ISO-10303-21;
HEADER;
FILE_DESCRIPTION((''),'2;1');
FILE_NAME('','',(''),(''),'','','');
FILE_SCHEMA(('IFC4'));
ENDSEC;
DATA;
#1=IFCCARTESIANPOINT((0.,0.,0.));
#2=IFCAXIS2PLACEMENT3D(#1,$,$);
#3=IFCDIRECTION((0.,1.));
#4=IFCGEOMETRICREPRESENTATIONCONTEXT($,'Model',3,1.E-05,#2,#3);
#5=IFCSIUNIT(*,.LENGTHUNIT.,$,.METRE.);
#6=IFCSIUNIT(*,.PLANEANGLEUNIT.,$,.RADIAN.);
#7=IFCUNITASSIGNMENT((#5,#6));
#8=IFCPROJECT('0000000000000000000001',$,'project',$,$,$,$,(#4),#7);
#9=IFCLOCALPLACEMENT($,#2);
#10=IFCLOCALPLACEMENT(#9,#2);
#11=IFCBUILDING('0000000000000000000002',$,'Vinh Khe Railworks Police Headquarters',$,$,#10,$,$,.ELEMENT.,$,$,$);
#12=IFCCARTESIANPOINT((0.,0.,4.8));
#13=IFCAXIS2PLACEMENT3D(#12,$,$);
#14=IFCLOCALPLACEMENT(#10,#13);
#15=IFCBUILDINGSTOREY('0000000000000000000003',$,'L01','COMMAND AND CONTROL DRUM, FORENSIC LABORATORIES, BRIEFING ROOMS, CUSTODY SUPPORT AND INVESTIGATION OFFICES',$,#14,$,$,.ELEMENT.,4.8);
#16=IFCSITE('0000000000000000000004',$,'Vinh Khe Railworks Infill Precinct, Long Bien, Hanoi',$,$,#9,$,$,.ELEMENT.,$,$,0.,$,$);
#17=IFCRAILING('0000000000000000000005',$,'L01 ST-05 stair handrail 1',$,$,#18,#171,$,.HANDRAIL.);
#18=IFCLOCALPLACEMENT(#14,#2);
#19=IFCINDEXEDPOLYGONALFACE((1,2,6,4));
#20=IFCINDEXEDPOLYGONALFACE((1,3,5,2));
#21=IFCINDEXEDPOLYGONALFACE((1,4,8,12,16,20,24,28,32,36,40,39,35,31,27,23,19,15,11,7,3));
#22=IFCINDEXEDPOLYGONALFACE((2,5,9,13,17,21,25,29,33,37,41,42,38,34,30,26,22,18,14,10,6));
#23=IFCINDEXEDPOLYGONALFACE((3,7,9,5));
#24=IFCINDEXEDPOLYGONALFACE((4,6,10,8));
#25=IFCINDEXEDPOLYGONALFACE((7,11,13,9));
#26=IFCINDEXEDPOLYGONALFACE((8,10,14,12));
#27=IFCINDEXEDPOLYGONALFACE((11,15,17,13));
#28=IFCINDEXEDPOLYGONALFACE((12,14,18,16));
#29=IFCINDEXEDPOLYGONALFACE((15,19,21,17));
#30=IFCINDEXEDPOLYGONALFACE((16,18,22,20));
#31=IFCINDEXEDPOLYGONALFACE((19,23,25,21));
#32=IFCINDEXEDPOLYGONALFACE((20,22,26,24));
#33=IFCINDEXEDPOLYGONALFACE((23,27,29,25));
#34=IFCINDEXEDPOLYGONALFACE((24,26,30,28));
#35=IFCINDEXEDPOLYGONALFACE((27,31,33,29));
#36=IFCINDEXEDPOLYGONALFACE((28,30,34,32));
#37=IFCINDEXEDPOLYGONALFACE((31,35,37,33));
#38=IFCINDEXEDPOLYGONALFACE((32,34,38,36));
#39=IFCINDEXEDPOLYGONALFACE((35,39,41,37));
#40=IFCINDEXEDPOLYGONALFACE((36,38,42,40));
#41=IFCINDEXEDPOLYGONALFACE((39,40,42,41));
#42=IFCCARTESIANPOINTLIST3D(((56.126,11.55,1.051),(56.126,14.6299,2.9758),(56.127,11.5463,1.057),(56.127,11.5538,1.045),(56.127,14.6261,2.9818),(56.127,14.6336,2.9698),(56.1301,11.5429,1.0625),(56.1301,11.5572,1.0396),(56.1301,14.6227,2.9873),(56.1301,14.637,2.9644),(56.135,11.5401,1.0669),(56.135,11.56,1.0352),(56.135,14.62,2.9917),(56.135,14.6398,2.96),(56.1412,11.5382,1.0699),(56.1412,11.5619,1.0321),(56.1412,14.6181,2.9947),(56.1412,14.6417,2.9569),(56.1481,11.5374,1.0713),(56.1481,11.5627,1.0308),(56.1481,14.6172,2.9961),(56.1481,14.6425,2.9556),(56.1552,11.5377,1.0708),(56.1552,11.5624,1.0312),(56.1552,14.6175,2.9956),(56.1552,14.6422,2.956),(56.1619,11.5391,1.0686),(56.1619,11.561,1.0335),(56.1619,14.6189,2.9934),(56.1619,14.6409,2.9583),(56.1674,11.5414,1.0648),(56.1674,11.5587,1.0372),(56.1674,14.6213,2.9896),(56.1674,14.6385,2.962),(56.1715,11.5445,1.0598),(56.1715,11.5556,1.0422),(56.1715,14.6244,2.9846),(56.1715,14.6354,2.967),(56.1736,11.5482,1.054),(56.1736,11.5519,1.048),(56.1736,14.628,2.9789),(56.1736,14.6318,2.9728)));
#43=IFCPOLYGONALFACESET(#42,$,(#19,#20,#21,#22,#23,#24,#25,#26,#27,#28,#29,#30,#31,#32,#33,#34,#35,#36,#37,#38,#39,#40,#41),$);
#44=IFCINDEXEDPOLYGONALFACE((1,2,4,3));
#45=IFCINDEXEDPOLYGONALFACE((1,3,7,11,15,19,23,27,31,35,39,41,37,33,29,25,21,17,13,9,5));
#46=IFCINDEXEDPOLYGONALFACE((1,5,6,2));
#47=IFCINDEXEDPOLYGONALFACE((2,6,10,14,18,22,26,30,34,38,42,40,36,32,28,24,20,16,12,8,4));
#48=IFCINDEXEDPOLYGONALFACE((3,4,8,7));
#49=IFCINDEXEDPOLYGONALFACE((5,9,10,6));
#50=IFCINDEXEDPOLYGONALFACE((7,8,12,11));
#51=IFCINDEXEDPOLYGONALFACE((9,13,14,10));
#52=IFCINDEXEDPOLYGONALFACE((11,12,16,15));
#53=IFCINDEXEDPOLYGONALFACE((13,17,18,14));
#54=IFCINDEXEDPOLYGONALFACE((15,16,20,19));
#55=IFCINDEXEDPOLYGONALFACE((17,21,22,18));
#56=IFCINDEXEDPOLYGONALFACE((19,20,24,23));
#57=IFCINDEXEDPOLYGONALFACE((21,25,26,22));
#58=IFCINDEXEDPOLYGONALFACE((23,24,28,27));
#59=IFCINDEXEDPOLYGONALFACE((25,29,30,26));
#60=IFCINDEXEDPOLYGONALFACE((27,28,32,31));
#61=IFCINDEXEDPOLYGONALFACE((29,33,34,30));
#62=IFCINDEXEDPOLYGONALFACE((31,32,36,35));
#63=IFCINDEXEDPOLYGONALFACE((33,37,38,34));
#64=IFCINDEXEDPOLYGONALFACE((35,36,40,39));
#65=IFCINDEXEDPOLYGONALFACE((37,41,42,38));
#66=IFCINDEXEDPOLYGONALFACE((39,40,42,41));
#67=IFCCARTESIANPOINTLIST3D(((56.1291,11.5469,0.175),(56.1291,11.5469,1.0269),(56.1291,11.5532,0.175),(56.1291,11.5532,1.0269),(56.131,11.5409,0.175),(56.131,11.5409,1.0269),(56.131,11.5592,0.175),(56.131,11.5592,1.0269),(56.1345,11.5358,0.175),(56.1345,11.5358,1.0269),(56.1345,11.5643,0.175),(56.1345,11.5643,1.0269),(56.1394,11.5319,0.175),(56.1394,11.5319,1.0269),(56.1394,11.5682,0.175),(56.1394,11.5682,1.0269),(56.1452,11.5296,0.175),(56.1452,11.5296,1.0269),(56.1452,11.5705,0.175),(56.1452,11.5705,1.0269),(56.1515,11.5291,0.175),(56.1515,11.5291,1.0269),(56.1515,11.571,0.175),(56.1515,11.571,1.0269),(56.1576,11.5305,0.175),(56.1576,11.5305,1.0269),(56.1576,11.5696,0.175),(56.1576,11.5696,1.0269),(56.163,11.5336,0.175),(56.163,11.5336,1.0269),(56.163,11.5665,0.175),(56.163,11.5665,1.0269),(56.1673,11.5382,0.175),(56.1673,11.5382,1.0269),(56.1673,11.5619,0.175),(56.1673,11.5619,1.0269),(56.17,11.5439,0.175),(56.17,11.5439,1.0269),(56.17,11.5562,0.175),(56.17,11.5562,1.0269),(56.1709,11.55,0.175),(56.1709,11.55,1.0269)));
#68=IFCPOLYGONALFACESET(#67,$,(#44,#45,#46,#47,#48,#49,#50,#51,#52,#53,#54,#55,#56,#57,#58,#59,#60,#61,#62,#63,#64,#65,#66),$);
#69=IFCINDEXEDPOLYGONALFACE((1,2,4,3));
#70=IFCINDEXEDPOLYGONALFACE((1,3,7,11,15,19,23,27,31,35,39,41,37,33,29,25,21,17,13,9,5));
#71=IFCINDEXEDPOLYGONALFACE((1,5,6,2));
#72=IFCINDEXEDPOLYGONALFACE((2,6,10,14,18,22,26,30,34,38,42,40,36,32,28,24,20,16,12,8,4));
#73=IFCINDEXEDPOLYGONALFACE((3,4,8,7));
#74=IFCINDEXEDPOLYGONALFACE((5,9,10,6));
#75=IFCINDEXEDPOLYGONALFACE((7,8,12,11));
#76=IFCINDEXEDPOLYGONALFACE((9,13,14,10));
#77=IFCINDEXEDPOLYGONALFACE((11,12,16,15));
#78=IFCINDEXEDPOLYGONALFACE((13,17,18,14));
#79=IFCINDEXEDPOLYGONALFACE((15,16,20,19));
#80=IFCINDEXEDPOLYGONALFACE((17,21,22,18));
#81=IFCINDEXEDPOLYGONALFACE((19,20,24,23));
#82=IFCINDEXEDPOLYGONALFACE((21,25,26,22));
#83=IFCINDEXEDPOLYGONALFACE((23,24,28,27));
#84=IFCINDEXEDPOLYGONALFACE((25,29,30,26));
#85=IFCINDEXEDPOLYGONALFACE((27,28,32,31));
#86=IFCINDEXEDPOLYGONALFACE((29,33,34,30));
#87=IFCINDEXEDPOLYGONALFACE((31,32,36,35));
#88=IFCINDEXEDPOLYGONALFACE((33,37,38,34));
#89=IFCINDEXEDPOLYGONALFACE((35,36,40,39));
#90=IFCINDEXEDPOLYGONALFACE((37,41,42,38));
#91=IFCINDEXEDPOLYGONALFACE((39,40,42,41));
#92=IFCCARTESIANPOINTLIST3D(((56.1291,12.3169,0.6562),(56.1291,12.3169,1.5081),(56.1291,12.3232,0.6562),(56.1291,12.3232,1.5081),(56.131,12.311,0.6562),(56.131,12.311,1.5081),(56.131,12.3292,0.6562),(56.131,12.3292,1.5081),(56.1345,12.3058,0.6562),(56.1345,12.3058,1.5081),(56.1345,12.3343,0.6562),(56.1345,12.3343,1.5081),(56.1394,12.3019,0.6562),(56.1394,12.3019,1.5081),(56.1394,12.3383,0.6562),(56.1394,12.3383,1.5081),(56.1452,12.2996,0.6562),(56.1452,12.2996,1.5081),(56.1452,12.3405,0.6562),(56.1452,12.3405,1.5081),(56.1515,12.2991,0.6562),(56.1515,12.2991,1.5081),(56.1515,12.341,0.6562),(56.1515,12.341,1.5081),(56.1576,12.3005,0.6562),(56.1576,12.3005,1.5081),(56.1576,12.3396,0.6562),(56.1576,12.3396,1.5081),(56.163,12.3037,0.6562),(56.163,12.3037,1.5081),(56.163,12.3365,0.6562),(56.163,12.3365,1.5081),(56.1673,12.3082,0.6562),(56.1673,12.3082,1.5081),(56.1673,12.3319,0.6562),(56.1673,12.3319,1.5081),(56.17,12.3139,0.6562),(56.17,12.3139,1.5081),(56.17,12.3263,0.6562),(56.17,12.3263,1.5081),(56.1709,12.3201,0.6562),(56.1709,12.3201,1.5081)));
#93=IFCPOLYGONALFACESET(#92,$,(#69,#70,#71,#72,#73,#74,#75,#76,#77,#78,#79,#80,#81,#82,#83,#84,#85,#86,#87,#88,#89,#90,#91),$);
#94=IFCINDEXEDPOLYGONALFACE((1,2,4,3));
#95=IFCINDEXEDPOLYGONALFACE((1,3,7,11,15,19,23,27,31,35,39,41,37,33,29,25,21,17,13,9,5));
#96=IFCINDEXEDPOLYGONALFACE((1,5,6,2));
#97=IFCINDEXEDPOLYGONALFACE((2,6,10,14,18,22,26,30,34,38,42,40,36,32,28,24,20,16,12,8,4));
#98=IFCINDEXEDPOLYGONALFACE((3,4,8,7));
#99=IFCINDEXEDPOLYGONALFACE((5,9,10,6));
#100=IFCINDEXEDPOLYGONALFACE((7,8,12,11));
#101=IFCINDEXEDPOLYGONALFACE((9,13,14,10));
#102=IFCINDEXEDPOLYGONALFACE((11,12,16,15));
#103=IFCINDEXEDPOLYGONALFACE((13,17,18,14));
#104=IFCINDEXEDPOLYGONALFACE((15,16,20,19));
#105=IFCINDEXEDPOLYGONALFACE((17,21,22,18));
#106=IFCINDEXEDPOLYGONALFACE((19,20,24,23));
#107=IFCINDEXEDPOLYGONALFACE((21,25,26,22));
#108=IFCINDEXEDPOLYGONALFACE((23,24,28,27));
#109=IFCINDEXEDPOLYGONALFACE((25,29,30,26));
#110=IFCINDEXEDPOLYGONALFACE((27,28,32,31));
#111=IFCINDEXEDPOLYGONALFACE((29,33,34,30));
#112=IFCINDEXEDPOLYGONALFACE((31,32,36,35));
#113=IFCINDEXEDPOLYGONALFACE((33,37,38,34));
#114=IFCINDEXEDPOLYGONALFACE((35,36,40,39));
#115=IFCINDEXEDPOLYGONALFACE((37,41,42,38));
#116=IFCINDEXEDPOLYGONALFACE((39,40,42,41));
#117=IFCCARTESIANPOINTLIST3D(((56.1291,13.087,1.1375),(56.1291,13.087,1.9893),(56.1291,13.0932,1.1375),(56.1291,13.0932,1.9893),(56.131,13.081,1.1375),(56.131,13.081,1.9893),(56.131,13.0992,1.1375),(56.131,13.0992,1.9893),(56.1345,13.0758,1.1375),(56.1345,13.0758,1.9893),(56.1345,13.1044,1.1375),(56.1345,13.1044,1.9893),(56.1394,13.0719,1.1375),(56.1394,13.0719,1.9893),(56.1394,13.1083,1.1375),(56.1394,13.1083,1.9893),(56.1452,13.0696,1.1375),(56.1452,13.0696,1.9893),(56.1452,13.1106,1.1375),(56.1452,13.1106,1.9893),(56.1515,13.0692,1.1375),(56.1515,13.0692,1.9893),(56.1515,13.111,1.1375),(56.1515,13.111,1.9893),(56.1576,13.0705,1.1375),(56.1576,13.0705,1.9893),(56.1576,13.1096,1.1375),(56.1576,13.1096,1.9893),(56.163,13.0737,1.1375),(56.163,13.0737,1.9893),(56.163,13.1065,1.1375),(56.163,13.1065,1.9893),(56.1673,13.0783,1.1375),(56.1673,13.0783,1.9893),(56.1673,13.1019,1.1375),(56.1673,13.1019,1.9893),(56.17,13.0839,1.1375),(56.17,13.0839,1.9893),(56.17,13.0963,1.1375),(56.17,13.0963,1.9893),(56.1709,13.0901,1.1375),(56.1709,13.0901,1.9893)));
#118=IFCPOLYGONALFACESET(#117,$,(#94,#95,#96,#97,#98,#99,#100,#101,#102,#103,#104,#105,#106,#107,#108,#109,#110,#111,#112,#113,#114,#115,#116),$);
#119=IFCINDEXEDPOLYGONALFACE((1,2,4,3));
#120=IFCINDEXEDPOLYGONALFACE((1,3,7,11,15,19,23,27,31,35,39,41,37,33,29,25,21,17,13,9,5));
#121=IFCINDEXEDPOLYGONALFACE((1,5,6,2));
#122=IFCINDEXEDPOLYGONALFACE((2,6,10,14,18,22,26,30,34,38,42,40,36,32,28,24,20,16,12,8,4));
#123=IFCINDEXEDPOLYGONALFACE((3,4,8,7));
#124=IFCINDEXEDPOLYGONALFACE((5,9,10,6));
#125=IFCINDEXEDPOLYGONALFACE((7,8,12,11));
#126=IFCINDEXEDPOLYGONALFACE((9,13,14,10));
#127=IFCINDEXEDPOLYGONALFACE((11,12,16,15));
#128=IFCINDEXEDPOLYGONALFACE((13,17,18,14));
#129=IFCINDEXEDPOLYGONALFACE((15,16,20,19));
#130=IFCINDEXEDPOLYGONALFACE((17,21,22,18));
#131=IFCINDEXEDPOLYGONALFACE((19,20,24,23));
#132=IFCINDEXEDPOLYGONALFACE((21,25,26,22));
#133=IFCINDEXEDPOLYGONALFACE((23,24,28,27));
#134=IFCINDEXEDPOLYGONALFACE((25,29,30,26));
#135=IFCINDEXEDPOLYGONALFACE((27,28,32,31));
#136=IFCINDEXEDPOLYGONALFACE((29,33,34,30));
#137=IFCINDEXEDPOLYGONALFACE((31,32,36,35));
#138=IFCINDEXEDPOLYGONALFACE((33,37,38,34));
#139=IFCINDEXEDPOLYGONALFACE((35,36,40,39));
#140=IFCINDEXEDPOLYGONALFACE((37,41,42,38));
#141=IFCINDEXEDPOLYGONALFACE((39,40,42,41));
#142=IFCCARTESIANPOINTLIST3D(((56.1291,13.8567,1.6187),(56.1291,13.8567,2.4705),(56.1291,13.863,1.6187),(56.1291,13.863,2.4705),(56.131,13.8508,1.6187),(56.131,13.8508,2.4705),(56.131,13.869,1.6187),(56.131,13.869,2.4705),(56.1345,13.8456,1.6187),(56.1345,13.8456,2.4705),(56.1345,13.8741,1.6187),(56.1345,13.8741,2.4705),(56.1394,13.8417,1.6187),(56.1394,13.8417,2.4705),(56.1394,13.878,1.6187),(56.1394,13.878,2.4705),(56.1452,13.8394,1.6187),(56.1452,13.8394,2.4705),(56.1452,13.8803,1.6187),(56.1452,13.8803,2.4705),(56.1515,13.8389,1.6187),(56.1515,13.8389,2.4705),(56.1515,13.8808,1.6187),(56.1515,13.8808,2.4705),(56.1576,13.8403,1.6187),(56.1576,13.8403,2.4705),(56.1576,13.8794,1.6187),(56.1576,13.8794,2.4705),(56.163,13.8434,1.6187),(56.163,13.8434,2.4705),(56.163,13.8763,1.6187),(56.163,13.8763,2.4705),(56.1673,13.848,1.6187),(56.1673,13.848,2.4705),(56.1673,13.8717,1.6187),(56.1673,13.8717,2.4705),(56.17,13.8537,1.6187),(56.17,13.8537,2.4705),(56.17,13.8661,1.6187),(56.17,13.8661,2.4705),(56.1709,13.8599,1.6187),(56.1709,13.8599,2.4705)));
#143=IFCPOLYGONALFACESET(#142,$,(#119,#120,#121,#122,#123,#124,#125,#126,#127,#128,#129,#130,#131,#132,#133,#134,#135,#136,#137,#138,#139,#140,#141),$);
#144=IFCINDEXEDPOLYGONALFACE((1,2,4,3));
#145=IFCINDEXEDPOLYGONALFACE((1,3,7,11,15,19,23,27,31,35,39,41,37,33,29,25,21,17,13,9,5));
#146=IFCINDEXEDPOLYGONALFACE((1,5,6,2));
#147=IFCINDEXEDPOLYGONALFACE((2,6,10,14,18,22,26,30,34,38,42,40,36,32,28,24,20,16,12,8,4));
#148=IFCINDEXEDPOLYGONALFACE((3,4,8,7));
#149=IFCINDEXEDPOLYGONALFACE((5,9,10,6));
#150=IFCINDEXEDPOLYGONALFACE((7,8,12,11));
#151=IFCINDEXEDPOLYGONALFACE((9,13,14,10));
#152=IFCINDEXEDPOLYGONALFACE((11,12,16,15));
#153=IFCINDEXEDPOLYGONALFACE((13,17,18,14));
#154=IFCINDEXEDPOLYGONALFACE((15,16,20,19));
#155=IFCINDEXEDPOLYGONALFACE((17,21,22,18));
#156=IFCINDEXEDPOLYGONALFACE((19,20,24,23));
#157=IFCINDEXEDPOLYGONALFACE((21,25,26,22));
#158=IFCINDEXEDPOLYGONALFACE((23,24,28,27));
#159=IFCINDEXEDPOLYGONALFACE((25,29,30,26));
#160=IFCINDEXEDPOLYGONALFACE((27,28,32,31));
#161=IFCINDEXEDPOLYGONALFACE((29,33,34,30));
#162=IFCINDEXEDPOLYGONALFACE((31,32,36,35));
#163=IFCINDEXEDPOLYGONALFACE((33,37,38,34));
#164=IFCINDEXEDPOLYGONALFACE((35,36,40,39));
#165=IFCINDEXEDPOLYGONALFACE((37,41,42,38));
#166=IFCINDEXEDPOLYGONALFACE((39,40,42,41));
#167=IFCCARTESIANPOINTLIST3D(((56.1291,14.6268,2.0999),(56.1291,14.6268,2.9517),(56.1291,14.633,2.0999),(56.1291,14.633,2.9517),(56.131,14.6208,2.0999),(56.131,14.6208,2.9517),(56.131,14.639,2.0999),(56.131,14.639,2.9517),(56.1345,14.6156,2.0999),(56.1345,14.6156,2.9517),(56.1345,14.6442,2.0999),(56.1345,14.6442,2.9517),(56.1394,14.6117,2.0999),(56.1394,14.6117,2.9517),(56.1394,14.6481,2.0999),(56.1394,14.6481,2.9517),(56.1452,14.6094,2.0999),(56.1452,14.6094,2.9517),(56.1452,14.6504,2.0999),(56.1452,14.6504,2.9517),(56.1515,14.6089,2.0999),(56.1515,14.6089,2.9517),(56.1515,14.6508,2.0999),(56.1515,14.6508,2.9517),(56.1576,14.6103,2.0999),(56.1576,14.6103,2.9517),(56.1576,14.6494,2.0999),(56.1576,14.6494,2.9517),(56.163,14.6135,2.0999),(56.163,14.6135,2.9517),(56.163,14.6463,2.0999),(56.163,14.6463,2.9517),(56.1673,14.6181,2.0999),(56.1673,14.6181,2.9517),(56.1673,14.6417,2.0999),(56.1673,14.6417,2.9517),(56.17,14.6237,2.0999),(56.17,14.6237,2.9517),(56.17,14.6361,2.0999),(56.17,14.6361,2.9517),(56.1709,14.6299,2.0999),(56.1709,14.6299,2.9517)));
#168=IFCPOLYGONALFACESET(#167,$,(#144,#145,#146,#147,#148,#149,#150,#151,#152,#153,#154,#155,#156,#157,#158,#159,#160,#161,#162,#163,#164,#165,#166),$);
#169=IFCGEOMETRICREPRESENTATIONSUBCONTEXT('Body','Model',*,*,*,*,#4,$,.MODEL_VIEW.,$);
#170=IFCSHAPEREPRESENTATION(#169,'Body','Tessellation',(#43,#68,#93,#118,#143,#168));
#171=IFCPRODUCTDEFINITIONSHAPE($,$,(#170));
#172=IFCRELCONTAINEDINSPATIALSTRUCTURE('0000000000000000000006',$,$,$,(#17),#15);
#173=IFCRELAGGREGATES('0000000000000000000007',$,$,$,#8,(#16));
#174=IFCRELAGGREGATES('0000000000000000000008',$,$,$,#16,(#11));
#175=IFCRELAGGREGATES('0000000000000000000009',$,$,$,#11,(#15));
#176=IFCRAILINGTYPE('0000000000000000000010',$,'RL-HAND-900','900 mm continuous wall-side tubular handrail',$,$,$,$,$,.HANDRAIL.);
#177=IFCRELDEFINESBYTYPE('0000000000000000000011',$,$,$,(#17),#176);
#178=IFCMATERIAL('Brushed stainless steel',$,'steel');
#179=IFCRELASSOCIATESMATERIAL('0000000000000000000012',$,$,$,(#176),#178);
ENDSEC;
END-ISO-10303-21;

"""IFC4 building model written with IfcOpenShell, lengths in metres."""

from ifc_helpers import new_model, si_unit, direction, frame, origin, origin_2d, place, context, subcontext, project, spatial, circle, extrude, material, type_object, element, save


model = new_model("IFC4")

# Units and contexts
model_context = context("Model", 3, precision=1e-05, world=origin(), true_north=direction((0.0, 1.0)))
body_context = subcontext(model_context, "Body", "Model", "MODEL_VIEW")
ifc_project = project(units=[si_unit("LENGTHUNIT", "METRE"), si_unit("PLANEANGLEUNIT", "RADIAN")], contexts=[model_context])

# Site, building, storey
site_placement = place(None, origin())
site = spatial("IfcSite", under=ifc_project, at=site_placement, Name="Vinh Khe Railworks Infill Precinct, Long Bien, Hanoi", CompositionType="ELEMENT", RefElevation=0.0)
building_placement = place(site_placement, origin())
building = spatial("IfcBuilding", under=site, at=building_placement, Name="Vinh Khe Railworks Police Headquarters", CompositionType="ELEMENT")
storey_placement = place(building_placement, frame((0.0, 0.0, 4.8)))
storey = spatial("IfcBuildingStorey", under=building, at=storey_placement, Name="L01", Description="COMMAND AND CONTROL DRUM, FORENSIC LABORATORIES, BRIEFING ROOMS, CUSTODY SUPPORT AND INVESTIGATION OFFICES", CompositionType="ELEMENT", Elevation=4.8)

# Railing
ifc_material_1 = material(Name="Brushed stainless steel", Category="steel")
railing_type_1 = type_object("IfcRailingType", Name="RL-HAND-900", Description="900 mm continuous wall-side tubular handrail", PredefinedType="HANDRAIL", material=ifc_material_1)
railing_1_placement = place(storey_placement, frame((56.1499, 11.55, 0.175)))
element("IfcRailing", 1, at=railing_1_placement, inside=storey, type_object=railing_type_1, Name="L01 ST-05 stair handrail 1", PredefinedType="HANDRAIL", context=body_context, shape_type="SweptSolid", body=[
    extrude(circle(Radius=0.0239, at=origin_2d()), frame((0.0, 0.0, 0.876), z_axis=(0.0, 0.84801, 0.529981), x_axis=(-1.0, 0.0, 0.0)), (0.0, 0.0, 1.0), 3.6318),
    extrude(circle(Radius=0.021, at=origin_2d()), origin(), (0.0, 0.0, 1.0), 0.8518),
    extrude(circle(Radius=0.021, at=origin_2d()), frame((0.0, 0.77, 0.4812)), (0.0, 0.0, 1.0), 0.8518),
    extrude(circle(Radius=0.021, at=origin_2d()), frame((0.0, 1.54, 0.9624)), (0.0, 0.0, 1.0), 0.8518),
    extrude(circle(Radius=0.021, at=origin_2d()), frame((0.0, 2.3098, 1.4436)), (0.0, 0.0, 1.0), 0.8518),
    extrude(circle(Radius=0.021, at=origin_2d()), frame((0.0, 3.0798, 1.9248)), (0.0, 0.0, 1.0), 0.8518),
])

save(model, "model.ifc")
